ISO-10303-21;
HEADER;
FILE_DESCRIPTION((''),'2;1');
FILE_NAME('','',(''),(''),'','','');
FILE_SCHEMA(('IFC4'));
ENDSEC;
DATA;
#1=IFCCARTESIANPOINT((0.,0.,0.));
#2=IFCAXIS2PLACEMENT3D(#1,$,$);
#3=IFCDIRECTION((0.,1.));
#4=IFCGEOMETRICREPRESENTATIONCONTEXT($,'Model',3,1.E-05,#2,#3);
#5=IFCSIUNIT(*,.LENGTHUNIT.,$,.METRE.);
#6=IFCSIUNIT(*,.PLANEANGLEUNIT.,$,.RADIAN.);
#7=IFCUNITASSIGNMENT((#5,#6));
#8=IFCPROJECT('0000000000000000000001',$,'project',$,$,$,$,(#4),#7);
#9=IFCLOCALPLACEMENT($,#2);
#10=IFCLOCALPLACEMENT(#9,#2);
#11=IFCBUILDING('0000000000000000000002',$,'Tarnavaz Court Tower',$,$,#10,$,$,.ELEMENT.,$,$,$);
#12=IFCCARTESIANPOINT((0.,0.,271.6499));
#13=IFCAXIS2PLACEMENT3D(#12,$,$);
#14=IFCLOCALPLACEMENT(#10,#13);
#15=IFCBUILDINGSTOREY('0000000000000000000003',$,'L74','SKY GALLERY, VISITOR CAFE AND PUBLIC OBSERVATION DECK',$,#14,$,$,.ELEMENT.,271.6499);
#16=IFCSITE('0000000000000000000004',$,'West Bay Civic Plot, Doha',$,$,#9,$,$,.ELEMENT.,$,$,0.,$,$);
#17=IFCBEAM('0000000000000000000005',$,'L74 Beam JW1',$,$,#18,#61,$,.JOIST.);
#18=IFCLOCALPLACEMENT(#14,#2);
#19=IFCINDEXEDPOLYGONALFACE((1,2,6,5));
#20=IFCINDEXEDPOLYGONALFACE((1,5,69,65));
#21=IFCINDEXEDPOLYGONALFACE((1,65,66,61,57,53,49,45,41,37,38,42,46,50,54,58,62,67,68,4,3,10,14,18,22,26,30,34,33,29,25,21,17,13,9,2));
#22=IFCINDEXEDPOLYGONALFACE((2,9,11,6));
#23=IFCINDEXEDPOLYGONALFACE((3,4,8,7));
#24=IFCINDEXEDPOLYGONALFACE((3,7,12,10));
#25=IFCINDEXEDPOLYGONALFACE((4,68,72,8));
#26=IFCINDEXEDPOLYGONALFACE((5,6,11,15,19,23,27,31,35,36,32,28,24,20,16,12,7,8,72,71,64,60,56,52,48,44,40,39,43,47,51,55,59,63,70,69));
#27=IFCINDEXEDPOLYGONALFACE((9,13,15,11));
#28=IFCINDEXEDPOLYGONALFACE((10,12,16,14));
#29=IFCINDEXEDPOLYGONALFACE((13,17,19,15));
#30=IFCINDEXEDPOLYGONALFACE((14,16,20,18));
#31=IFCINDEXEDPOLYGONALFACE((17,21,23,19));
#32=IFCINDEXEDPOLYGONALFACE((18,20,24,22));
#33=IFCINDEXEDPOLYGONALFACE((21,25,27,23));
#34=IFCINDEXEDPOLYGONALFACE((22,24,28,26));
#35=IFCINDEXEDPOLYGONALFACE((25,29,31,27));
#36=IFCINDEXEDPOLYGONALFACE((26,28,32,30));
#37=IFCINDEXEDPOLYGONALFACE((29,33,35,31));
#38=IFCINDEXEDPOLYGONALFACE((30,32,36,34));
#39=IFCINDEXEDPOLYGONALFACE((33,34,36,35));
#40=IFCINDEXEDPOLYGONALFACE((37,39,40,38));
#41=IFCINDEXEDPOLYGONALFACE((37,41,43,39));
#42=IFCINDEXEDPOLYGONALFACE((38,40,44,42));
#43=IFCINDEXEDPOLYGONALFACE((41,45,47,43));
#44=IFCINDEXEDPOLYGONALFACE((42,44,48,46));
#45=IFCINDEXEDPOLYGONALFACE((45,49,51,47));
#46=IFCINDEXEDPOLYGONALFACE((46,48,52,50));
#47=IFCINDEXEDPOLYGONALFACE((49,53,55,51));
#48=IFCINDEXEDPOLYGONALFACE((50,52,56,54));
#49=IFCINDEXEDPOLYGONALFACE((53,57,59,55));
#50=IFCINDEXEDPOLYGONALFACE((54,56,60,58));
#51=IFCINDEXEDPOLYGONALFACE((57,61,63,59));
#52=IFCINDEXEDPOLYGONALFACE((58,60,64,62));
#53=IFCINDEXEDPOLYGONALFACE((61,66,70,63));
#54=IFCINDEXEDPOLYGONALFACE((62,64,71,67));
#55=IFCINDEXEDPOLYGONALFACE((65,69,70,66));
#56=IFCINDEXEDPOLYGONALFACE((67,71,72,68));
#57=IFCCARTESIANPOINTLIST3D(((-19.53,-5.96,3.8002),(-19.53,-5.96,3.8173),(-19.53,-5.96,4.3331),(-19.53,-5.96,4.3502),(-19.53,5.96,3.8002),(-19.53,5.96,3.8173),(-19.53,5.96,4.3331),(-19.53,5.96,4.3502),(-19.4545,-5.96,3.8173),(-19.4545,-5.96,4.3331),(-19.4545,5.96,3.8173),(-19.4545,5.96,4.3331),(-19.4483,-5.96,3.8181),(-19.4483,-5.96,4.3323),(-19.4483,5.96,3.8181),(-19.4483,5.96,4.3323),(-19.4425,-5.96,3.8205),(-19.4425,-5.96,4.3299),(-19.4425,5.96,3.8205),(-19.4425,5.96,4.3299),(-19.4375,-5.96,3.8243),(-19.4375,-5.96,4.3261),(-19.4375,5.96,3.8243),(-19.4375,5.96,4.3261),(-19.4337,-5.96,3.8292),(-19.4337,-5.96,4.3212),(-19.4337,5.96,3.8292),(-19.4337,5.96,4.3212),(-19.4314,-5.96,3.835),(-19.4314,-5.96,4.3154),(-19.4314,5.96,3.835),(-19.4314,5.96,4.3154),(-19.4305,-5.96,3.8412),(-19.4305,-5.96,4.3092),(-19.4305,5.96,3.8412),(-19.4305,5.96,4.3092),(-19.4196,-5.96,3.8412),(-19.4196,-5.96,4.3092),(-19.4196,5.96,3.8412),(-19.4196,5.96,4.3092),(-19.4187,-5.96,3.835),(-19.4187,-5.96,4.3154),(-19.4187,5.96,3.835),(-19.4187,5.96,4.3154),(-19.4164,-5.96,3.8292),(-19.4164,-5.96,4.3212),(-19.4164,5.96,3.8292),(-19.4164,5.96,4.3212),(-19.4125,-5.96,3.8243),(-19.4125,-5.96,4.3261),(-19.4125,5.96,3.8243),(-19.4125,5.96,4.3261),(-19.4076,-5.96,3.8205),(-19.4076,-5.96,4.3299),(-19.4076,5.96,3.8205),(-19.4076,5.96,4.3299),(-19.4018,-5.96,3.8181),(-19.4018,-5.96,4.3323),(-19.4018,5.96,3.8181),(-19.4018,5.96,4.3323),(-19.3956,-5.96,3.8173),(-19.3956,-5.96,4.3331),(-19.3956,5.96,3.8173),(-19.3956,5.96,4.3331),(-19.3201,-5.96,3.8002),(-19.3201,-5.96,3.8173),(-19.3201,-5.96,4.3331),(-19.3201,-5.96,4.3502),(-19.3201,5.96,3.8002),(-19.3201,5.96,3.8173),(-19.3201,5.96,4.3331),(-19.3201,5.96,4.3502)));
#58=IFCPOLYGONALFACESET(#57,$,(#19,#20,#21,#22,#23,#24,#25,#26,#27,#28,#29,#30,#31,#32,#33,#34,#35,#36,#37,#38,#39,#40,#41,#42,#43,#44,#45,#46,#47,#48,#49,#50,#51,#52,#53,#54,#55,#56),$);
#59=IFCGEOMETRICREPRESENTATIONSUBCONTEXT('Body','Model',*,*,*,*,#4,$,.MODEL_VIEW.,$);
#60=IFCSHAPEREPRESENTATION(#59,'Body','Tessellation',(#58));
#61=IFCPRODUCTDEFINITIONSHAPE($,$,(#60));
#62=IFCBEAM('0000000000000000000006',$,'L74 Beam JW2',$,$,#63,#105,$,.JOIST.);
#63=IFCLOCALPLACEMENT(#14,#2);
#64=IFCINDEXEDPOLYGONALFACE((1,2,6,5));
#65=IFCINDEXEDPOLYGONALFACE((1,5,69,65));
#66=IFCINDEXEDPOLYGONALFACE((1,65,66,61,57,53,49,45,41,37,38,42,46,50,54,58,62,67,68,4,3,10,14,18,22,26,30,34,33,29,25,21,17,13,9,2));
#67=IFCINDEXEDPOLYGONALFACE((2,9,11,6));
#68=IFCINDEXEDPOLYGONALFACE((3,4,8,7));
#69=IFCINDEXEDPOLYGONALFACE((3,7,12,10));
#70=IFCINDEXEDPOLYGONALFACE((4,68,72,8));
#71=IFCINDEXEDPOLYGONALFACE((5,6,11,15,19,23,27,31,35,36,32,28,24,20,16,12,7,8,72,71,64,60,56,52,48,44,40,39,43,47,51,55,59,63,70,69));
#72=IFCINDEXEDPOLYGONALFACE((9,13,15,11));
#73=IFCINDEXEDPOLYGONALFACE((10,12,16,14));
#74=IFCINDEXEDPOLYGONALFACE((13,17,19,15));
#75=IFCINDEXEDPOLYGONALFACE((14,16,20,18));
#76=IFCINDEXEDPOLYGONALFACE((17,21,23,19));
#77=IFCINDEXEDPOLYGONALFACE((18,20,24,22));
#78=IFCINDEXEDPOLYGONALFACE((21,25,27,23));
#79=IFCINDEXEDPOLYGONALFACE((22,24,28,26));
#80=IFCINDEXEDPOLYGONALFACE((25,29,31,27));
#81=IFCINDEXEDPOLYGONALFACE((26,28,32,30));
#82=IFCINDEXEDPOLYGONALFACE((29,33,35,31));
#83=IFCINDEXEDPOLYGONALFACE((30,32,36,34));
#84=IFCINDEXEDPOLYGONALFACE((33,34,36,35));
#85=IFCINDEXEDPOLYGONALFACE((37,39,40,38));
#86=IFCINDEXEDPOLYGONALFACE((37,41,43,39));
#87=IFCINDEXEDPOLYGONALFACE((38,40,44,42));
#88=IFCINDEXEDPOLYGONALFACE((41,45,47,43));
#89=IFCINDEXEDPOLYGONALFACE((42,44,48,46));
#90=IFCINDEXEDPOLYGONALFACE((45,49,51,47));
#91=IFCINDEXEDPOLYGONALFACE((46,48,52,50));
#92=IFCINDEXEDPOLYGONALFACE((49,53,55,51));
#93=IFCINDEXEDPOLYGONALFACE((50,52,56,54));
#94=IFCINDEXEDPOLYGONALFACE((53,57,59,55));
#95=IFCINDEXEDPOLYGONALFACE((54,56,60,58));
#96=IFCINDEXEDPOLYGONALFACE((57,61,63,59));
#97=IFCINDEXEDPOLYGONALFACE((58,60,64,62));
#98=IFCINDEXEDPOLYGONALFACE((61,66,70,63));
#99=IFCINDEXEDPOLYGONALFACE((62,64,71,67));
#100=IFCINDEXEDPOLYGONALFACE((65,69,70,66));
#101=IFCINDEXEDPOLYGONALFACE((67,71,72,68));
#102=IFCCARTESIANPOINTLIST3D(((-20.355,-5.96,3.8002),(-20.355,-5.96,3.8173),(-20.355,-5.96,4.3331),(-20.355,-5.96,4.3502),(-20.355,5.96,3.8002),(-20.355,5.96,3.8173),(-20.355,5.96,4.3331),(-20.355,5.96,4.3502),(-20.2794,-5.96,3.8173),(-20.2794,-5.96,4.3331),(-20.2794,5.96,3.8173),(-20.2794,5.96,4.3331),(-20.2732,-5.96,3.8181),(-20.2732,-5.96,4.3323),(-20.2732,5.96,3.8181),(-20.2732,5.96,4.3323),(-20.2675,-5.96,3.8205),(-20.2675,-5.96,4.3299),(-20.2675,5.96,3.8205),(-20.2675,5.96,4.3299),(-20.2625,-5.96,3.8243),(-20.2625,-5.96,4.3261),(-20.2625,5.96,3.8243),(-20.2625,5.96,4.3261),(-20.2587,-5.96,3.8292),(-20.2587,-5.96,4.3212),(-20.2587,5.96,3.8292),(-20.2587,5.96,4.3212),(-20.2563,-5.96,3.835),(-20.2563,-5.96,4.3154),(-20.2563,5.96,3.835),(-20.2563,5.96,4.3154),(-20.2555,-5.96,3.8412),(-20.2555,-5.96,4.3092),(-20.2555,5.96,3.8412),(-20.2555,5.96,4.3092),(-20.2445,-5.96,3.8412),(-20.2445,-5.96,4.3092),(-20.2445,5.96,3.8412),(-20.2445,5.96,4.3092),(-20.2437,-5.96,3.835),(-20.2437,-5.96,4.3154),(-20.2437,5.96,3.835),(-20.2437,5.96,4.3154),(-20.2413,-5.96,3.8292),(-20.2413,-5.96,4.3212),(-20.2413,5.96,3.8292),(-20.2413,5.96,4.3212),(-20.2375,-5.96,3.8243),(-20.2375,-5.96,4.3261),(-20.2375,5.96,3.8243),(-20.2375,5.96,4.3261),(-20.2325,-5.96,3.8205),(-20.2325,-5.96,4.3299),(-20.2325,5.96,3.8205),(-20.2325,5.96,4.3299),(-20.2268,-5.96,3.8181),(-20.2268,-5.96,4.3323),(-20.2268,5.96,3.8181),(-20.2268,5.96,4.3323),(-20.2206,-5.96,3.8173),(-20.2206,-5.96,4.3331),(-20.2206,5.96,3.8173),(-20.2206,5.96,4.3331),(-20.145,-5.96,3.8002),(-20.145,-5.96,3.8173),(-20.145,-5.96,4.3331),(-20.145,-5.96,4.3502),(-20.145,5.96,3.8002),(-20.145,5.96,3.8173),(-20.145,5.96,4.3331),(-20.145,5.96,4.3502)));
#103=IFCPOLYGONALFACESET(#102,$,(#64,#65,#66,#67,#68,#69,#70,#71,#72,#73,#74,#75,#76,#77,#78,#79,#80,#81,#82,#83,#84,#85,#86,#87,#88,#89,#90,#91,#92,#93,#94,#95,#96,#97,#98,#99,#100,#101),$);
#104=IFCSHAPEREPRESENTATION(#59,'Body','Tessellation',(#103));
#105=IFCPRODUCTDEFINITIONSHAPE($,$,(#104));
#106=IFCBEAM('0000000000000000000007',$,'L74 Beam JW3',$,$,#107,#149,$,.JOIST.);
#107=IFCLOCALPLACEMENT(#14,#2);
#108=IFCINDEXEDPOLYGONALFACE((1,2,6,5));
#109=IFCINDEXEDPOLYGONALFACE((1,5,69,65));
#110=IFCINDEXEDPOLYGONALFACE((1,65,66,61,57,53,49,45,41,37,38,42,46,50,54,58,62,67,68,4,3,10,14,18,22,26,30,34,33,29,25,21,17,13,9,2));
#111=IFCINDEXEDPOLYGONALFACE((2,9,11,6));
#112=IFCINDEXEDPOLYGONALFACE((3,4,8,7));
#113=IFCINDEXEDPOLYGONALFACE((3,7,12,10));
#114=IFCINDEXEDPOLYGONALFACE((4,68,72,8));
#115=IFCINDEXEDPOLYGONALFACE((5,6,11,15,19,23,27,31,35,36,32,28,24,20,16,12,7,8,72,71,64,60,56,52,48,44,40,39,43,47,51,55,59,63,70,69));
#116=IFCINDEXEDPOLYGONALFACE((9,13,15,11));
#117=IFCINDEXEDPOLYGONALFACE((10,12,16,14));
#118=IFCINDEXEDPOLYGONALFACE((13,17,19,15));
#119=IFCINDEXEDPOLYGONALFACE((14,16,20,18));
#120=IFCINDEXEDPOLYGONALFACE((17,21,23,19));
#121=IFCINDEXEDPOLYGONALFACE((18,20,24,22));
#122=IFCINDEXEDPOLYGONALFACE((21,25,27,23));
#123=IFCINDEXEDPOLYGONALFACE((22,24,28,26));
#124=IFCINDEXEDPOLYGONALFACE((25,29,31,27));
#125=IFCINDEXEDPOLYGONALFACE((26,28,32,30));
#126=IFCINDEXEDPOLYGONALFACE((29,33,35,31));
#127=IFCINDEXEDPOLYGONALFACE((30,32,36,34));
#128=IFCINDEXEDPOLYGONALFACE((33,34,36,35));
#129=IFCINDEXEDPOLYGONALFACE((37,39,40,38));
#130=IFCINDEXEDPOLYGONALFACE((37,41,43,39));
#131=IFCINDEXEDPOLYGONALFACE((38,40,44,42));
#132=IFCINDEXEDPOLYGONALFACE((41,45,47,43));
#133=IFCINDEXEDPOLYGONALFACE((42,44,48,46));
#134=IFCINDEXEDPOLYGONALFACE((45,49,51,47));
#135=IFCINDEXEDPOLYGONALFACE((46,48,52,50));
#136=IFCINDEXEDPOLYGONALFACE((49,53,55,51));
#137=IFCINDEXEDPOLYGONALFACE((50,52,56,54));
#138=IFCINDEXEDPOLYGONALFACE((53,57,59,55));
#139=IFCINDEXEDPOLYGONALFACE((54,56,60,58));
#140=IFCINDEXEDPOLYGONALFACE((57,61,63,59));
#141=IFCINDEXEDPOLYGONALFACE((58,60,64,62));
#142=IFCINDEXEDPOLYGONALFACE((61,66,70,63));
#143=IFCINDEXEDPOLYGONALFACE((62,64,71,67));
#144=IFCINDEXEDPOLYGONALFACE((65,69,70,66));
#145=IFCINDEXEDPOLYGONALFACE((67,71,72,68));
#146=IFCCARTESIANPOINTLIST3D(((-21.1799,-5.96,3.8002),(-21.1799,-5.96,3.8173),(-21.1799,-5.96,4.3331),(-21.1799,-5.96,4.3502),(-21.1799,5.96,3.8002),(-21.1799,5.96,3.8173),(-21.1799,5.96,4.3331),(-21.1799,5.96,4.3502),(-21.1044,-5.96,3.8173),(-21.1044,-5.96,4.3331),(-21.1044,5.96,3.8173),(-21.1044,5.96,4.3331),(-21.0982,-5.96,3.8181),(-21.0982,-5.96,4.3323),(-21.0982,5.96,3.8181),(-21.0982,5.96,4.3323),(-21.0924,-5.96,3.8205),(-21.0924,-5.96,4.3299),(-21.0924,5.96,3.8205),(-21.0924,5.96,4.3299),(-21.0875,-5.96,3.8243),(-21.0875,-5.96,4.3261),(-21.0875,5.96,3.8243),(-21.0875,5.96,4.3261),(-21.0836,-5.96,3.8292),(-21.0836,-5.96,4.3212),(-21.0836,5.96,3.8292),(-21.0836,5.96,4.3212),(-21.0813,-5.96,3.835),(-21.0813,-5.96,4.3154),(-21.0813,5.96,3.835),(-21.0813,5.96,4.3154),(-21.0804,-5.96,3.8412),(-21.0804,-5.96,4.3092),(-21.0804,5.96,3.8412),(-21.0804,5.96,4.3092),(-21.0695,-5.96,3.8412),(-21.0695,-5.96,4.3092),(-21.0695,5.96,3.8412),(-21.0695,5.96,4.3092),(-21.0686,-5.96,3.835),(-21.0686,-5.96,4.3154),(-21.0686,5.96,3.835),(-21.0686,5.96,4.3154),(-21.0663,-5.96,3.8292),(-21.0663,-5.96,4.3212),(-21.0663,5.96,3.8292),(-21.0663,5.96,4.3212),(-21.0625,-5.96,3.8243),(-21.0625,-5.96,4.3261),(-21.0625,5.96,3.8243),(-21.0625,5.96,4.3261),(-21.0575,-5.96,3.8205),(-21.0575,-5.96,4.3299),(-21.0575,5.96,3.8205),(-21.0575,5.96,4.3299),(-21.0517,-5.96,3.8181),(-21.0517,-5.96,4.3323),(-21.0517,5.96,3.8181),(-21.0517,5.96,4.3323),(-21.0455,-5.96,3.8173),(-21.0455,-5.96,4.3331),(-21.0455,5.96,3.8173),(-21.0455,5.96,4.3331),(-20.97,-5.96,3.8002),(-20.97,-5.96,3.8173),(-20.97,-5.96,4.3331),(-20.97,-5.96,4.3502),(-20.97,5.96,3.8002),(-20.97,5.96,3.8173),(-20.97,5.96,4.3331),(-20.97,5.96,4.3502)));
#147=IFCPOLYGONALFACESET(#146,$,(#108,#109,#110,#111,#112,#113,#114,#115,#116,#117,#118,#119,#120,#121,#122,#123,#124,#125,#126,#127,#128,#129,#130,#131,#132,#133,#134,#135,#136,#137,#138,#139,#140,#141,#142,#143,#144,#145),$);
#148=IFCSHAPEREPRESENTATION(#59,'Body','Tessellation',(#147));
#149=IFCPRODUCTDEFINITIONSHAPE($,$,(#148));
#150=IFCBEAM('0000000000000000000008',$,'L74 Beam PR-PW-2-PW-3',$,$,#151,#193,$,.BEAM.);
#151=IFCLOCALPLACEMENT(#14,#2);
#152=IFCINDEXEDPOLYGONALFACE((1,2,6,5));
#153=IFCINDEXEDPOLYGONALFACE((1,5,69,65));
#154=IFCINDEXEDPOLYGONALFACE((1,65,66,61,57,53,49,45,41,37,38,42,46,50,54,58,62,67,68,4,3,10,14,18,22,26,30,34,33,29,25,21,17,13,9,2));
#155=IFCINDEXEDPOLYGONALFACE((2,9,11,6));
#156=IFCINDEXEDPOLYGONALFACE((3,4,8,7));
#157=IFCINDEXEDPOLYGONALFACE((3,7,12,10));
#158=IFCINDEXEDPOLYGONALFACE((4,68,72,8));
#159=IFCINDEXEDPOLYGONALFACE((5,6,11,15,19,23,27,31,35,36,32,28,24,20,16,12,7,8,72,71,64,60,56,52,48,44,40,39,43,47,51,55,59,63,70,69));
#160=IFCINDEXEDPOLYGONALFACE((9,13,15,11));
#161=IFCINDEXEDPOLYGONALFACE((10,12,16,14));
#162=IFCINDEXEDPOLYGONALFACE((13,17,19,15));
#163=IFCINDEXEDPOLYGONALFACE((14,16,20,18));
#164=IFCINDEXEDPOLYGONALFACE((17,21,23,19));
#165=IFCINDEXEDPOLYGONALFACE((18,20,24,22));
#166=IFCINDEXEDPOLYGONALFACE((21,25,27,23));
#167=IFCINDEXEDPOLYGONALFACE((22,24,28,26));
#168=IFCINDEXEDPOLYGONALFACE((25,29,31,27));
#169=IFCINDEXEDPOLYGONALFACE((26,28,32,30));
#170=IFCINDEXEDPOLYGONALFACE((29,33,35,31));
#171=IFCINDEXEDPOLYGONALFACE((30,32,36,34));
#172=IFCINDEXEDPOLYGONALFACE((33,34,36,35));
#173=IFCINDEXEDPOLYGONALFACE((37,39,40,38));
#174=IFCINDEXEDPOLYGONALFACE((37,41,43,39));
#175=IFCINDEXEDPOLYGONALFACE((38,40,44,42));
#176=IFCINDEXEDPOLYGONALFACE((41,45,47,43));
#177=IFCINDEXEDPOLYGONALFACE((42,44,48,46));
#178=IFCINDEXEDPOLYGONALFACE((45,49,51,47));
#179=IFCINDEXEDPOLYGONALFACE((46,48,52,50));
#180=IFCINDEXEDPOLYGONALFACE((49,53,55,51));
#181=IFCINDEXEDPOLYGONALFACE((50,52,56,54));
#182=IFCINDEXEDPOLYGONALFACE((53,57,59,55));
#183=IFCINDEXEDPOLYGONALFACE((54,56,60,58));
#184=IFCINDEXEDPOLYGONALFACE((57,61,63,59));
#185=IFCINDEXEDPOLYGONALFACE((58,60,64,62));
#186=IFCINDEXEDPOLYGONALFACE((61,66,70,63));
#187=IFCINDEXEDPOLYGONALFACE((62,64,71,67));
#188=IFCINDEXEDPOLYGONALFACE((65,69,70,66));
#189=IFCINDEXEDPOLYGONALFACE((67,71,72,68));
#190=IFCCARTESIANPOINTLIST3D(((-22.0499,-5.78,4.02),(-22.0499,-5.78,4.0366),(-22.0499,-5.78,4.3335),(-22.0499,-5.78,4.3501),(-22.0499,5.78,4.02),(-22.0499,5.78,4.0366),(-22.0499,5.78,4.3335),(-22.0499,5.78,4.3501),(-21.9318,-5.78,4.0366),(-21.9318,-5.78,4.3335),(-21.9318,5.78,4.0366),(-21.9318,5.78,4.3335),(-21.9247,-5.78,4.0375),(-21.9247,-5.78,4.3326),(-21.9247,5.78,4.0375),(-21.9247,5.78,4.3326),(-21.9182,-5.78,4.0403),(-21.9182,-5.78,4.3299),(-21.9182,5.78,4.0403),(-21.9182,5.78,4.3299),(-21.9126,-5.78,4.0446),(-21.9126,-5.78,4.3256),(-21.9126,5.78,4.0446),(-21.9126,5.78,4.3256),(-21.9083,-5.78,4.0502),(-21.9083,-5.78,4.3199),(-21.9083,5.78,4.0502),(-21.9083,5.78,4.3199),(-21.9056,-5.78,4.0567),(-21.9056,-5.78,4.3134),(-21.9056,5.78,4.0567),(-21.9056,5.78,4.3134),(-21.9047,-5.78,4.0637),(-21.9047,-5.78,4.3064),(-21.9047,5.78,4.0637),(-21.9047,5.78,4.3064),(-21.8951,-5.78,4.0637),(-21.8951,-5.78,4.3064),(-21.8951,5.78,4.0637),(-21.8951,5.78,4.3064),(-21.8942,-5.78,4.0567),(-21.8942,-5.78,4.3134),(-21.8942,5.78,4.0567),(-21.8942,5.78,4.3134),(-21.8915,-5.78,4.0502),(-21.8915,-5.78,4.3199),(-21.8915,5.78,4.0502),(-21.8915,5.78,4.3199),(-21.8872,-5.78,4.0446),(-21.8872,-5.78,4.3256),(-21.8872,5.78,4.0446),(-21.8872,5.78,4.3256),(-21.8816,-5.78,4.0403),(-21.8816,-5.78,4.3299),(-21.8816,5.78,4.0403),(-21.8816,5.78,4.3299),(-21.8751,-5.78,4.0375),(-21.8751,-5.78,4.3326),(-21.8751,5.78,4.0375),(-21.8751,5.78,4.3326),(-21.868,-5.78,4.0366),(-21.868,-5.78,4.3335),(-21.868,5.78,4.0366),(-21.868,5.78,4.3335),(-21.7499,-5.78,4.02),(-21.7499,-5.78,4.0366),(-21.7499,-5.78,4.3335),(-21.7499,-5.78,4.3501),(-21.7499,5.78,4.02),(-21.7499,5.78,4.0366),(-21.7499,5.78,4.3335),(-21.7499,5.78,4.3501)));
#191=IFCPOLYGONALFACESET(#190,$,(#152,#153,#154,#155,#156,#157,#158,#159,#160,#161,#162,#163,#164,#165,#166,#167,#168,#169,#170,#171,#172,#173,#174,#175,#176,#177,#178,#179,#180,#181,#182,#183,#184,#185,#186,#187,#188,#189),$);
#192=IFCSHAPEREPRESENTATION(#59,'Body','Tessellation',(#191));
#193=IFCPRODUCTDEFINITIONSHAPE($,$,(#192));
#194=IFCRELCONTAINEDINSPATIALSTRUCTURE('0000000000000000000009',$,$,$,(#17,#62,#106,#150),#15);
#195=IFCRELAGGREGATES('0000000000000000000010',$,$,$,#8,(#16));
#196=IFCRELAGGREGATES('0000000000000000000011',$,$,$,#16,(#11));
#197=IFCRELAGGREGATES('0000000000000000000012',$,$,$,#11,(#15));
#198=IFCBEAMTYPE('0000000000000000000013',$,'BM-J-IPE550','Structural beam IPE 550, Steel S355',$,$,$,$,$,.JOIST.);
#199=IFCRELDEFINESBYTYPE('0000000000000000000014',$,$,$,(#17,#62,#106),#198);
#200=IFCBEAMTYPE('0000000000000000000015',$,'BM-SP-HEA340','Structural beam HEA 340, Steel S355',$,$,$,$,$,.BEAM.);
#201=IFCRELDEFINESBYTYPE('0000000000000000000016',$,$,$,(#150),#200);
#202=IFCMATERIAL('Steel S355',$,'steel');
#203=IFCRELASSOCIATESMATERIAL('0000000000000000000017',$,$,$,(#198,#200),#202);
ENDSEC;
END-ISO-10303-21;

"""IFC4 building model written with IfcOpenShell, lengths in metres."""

from ifc_helpers import new_model, si_unit, direction, frame, origin, origin_2d, place, context, subcontext, project, spatial, i_section, extrude, material, material_profile, profile_set, type_object, element, save


model = new_model("IFC4")

# Units and contexts
model_context = context("Model", 3, precision=1e-05, world=origin(), true_north=direction((0.0, 1.0)))
body_context = subcontext(model_context, "Body", "Model", "MODEL_VIEW")
ifc_project = project(units=[si_unit("LENGTHUNIT", "METRE"), si_unit("PLANEANGLEUNIT", "RADIAN")], contexts=[model_context])

# Site, building, storey
site_placement = place(None, origin())
site = spatial("IfcSite", under=ifc_project, at=site_placement, Name="West Bay Civic Plot, Doha", CompositionType="ELEMENT", RefElevation=0.0)
building_placement = place(site_placement, origin())
building = spatial("IfcBuilding", under=site, at=building_placement, Name="Tarnavaz Court Tower", CompositionType="ELEMENT")
storey_placement = place(building_placement, frame((0.0, 0.0, 271.6499)))
storey = spatial("IfcBuildingStorey", under=building, at=storey_placement, Name="L74", Description="SKY GALLERY, VISITOR CAFE AND PUBLIC OBSERVATION DECK", CompositionType="ELEMENT", Elevation=271.6499)

# Beams
ifc_material_1 = material(Name="Steel S355", Category="steel")
ifc_material_profile_1 = material_profile(ifc_material_1, i_section(OverallWidth=0.21, OverallDepth=0.55, WebThickness=0.011, FlangeThickness=0.0171, FilletRadius=0.0239, at=origin_2d()), Name="IPE 550")
ifc_profile_set_1 = profile_set([ifc_material_profile_1], Name="Steel S355")
beam_type_1 = type_object("IfcBeamType", Name="BM-J-IPE550", Description="Structural beam IPE 550, Steel S355", PredefinedType="JOIST", material=ifc_profile_set_1)
for number, where, z_axis, x_axis, name in (
    (1, (-19.425, -5.96, 4.0752), (0.0, 1.0, 0.0), (-1.0, 0.0, 0.0), "L74 Beam JW1"),
    (2, (-20.25, -5.96, 4.0752), (0.0, 1.0, 0.0), (-1.0, 0.0, 0.0), "L74 Beam JW2"),
    (3, (-21.075, -5.96, 4.0752), (0.0, 1.0, 0.0), (-1.0, 0.0, 0.0), "L74 Beam JW3"),
):
    element("IfcBeam", number, at=place(storey_placement, frame(where, z_axis=z_axis, x_axis=x_axis)), inside=storey, type_object=beam_type_1, Name=name, PredefinedType="JOIST", context=body_context, shape_type="SweptSolid", body=[
        extrude(i_section(OverallWidth=0.21, OverallDepth=0.55, WebThickness=0.011, FlangeThickness=0.0171, FilletRadius=0.0239, at=origin_2d()), origin(), (0.0, 0.0, 1.0), 11.9199),
    ])
ifc_material_profile_2 = material_profile(ifc_material_1, i_section(OverallWidth=0.3, OverallDepth=0.3301, WebThickness=0.0095, FlangeThickness=0.0166, FilletRadius=0.0271, at=origin_2d()), Name="HEA 340")
ifc_profile_set_2 = profile_set([ifc_material_profile_2], Name="Steel S355")
beam_type_2 = type_object("IfcBeamType", Name="BM-SP-HEA340", Description="Structural beam HEA 340, Steel S355", PredefinedType="BEAM", material=ifc_profile_set_2)
beam_1_placement = place(storey_placement, frame((-21.8999, -5.78, 4.1851), z_axis=(0.0, 1.0, 0.0), x_axis=(-1.0, 0.0, 0.0)))
element("IfcBeam", 4, at=beam_1_placement, inside=storey, type_object=beam_type_2, Name="L74 Beam PR-PW-2-PW-3", PredefinedType="BEAM", context=body_context, shape_type="SweptSolid", body=[
    extrude(i_section(OverallWidth=0.3, OverallDepth=0.3301, WebThickness=0.0095, FlangeThickness=0.0166, FilletRadius=0.0271, at=origin_2d()), origin(), (0.0, 0.0, 1.0), 11.5601),
])

save(model, "model.ifc")
